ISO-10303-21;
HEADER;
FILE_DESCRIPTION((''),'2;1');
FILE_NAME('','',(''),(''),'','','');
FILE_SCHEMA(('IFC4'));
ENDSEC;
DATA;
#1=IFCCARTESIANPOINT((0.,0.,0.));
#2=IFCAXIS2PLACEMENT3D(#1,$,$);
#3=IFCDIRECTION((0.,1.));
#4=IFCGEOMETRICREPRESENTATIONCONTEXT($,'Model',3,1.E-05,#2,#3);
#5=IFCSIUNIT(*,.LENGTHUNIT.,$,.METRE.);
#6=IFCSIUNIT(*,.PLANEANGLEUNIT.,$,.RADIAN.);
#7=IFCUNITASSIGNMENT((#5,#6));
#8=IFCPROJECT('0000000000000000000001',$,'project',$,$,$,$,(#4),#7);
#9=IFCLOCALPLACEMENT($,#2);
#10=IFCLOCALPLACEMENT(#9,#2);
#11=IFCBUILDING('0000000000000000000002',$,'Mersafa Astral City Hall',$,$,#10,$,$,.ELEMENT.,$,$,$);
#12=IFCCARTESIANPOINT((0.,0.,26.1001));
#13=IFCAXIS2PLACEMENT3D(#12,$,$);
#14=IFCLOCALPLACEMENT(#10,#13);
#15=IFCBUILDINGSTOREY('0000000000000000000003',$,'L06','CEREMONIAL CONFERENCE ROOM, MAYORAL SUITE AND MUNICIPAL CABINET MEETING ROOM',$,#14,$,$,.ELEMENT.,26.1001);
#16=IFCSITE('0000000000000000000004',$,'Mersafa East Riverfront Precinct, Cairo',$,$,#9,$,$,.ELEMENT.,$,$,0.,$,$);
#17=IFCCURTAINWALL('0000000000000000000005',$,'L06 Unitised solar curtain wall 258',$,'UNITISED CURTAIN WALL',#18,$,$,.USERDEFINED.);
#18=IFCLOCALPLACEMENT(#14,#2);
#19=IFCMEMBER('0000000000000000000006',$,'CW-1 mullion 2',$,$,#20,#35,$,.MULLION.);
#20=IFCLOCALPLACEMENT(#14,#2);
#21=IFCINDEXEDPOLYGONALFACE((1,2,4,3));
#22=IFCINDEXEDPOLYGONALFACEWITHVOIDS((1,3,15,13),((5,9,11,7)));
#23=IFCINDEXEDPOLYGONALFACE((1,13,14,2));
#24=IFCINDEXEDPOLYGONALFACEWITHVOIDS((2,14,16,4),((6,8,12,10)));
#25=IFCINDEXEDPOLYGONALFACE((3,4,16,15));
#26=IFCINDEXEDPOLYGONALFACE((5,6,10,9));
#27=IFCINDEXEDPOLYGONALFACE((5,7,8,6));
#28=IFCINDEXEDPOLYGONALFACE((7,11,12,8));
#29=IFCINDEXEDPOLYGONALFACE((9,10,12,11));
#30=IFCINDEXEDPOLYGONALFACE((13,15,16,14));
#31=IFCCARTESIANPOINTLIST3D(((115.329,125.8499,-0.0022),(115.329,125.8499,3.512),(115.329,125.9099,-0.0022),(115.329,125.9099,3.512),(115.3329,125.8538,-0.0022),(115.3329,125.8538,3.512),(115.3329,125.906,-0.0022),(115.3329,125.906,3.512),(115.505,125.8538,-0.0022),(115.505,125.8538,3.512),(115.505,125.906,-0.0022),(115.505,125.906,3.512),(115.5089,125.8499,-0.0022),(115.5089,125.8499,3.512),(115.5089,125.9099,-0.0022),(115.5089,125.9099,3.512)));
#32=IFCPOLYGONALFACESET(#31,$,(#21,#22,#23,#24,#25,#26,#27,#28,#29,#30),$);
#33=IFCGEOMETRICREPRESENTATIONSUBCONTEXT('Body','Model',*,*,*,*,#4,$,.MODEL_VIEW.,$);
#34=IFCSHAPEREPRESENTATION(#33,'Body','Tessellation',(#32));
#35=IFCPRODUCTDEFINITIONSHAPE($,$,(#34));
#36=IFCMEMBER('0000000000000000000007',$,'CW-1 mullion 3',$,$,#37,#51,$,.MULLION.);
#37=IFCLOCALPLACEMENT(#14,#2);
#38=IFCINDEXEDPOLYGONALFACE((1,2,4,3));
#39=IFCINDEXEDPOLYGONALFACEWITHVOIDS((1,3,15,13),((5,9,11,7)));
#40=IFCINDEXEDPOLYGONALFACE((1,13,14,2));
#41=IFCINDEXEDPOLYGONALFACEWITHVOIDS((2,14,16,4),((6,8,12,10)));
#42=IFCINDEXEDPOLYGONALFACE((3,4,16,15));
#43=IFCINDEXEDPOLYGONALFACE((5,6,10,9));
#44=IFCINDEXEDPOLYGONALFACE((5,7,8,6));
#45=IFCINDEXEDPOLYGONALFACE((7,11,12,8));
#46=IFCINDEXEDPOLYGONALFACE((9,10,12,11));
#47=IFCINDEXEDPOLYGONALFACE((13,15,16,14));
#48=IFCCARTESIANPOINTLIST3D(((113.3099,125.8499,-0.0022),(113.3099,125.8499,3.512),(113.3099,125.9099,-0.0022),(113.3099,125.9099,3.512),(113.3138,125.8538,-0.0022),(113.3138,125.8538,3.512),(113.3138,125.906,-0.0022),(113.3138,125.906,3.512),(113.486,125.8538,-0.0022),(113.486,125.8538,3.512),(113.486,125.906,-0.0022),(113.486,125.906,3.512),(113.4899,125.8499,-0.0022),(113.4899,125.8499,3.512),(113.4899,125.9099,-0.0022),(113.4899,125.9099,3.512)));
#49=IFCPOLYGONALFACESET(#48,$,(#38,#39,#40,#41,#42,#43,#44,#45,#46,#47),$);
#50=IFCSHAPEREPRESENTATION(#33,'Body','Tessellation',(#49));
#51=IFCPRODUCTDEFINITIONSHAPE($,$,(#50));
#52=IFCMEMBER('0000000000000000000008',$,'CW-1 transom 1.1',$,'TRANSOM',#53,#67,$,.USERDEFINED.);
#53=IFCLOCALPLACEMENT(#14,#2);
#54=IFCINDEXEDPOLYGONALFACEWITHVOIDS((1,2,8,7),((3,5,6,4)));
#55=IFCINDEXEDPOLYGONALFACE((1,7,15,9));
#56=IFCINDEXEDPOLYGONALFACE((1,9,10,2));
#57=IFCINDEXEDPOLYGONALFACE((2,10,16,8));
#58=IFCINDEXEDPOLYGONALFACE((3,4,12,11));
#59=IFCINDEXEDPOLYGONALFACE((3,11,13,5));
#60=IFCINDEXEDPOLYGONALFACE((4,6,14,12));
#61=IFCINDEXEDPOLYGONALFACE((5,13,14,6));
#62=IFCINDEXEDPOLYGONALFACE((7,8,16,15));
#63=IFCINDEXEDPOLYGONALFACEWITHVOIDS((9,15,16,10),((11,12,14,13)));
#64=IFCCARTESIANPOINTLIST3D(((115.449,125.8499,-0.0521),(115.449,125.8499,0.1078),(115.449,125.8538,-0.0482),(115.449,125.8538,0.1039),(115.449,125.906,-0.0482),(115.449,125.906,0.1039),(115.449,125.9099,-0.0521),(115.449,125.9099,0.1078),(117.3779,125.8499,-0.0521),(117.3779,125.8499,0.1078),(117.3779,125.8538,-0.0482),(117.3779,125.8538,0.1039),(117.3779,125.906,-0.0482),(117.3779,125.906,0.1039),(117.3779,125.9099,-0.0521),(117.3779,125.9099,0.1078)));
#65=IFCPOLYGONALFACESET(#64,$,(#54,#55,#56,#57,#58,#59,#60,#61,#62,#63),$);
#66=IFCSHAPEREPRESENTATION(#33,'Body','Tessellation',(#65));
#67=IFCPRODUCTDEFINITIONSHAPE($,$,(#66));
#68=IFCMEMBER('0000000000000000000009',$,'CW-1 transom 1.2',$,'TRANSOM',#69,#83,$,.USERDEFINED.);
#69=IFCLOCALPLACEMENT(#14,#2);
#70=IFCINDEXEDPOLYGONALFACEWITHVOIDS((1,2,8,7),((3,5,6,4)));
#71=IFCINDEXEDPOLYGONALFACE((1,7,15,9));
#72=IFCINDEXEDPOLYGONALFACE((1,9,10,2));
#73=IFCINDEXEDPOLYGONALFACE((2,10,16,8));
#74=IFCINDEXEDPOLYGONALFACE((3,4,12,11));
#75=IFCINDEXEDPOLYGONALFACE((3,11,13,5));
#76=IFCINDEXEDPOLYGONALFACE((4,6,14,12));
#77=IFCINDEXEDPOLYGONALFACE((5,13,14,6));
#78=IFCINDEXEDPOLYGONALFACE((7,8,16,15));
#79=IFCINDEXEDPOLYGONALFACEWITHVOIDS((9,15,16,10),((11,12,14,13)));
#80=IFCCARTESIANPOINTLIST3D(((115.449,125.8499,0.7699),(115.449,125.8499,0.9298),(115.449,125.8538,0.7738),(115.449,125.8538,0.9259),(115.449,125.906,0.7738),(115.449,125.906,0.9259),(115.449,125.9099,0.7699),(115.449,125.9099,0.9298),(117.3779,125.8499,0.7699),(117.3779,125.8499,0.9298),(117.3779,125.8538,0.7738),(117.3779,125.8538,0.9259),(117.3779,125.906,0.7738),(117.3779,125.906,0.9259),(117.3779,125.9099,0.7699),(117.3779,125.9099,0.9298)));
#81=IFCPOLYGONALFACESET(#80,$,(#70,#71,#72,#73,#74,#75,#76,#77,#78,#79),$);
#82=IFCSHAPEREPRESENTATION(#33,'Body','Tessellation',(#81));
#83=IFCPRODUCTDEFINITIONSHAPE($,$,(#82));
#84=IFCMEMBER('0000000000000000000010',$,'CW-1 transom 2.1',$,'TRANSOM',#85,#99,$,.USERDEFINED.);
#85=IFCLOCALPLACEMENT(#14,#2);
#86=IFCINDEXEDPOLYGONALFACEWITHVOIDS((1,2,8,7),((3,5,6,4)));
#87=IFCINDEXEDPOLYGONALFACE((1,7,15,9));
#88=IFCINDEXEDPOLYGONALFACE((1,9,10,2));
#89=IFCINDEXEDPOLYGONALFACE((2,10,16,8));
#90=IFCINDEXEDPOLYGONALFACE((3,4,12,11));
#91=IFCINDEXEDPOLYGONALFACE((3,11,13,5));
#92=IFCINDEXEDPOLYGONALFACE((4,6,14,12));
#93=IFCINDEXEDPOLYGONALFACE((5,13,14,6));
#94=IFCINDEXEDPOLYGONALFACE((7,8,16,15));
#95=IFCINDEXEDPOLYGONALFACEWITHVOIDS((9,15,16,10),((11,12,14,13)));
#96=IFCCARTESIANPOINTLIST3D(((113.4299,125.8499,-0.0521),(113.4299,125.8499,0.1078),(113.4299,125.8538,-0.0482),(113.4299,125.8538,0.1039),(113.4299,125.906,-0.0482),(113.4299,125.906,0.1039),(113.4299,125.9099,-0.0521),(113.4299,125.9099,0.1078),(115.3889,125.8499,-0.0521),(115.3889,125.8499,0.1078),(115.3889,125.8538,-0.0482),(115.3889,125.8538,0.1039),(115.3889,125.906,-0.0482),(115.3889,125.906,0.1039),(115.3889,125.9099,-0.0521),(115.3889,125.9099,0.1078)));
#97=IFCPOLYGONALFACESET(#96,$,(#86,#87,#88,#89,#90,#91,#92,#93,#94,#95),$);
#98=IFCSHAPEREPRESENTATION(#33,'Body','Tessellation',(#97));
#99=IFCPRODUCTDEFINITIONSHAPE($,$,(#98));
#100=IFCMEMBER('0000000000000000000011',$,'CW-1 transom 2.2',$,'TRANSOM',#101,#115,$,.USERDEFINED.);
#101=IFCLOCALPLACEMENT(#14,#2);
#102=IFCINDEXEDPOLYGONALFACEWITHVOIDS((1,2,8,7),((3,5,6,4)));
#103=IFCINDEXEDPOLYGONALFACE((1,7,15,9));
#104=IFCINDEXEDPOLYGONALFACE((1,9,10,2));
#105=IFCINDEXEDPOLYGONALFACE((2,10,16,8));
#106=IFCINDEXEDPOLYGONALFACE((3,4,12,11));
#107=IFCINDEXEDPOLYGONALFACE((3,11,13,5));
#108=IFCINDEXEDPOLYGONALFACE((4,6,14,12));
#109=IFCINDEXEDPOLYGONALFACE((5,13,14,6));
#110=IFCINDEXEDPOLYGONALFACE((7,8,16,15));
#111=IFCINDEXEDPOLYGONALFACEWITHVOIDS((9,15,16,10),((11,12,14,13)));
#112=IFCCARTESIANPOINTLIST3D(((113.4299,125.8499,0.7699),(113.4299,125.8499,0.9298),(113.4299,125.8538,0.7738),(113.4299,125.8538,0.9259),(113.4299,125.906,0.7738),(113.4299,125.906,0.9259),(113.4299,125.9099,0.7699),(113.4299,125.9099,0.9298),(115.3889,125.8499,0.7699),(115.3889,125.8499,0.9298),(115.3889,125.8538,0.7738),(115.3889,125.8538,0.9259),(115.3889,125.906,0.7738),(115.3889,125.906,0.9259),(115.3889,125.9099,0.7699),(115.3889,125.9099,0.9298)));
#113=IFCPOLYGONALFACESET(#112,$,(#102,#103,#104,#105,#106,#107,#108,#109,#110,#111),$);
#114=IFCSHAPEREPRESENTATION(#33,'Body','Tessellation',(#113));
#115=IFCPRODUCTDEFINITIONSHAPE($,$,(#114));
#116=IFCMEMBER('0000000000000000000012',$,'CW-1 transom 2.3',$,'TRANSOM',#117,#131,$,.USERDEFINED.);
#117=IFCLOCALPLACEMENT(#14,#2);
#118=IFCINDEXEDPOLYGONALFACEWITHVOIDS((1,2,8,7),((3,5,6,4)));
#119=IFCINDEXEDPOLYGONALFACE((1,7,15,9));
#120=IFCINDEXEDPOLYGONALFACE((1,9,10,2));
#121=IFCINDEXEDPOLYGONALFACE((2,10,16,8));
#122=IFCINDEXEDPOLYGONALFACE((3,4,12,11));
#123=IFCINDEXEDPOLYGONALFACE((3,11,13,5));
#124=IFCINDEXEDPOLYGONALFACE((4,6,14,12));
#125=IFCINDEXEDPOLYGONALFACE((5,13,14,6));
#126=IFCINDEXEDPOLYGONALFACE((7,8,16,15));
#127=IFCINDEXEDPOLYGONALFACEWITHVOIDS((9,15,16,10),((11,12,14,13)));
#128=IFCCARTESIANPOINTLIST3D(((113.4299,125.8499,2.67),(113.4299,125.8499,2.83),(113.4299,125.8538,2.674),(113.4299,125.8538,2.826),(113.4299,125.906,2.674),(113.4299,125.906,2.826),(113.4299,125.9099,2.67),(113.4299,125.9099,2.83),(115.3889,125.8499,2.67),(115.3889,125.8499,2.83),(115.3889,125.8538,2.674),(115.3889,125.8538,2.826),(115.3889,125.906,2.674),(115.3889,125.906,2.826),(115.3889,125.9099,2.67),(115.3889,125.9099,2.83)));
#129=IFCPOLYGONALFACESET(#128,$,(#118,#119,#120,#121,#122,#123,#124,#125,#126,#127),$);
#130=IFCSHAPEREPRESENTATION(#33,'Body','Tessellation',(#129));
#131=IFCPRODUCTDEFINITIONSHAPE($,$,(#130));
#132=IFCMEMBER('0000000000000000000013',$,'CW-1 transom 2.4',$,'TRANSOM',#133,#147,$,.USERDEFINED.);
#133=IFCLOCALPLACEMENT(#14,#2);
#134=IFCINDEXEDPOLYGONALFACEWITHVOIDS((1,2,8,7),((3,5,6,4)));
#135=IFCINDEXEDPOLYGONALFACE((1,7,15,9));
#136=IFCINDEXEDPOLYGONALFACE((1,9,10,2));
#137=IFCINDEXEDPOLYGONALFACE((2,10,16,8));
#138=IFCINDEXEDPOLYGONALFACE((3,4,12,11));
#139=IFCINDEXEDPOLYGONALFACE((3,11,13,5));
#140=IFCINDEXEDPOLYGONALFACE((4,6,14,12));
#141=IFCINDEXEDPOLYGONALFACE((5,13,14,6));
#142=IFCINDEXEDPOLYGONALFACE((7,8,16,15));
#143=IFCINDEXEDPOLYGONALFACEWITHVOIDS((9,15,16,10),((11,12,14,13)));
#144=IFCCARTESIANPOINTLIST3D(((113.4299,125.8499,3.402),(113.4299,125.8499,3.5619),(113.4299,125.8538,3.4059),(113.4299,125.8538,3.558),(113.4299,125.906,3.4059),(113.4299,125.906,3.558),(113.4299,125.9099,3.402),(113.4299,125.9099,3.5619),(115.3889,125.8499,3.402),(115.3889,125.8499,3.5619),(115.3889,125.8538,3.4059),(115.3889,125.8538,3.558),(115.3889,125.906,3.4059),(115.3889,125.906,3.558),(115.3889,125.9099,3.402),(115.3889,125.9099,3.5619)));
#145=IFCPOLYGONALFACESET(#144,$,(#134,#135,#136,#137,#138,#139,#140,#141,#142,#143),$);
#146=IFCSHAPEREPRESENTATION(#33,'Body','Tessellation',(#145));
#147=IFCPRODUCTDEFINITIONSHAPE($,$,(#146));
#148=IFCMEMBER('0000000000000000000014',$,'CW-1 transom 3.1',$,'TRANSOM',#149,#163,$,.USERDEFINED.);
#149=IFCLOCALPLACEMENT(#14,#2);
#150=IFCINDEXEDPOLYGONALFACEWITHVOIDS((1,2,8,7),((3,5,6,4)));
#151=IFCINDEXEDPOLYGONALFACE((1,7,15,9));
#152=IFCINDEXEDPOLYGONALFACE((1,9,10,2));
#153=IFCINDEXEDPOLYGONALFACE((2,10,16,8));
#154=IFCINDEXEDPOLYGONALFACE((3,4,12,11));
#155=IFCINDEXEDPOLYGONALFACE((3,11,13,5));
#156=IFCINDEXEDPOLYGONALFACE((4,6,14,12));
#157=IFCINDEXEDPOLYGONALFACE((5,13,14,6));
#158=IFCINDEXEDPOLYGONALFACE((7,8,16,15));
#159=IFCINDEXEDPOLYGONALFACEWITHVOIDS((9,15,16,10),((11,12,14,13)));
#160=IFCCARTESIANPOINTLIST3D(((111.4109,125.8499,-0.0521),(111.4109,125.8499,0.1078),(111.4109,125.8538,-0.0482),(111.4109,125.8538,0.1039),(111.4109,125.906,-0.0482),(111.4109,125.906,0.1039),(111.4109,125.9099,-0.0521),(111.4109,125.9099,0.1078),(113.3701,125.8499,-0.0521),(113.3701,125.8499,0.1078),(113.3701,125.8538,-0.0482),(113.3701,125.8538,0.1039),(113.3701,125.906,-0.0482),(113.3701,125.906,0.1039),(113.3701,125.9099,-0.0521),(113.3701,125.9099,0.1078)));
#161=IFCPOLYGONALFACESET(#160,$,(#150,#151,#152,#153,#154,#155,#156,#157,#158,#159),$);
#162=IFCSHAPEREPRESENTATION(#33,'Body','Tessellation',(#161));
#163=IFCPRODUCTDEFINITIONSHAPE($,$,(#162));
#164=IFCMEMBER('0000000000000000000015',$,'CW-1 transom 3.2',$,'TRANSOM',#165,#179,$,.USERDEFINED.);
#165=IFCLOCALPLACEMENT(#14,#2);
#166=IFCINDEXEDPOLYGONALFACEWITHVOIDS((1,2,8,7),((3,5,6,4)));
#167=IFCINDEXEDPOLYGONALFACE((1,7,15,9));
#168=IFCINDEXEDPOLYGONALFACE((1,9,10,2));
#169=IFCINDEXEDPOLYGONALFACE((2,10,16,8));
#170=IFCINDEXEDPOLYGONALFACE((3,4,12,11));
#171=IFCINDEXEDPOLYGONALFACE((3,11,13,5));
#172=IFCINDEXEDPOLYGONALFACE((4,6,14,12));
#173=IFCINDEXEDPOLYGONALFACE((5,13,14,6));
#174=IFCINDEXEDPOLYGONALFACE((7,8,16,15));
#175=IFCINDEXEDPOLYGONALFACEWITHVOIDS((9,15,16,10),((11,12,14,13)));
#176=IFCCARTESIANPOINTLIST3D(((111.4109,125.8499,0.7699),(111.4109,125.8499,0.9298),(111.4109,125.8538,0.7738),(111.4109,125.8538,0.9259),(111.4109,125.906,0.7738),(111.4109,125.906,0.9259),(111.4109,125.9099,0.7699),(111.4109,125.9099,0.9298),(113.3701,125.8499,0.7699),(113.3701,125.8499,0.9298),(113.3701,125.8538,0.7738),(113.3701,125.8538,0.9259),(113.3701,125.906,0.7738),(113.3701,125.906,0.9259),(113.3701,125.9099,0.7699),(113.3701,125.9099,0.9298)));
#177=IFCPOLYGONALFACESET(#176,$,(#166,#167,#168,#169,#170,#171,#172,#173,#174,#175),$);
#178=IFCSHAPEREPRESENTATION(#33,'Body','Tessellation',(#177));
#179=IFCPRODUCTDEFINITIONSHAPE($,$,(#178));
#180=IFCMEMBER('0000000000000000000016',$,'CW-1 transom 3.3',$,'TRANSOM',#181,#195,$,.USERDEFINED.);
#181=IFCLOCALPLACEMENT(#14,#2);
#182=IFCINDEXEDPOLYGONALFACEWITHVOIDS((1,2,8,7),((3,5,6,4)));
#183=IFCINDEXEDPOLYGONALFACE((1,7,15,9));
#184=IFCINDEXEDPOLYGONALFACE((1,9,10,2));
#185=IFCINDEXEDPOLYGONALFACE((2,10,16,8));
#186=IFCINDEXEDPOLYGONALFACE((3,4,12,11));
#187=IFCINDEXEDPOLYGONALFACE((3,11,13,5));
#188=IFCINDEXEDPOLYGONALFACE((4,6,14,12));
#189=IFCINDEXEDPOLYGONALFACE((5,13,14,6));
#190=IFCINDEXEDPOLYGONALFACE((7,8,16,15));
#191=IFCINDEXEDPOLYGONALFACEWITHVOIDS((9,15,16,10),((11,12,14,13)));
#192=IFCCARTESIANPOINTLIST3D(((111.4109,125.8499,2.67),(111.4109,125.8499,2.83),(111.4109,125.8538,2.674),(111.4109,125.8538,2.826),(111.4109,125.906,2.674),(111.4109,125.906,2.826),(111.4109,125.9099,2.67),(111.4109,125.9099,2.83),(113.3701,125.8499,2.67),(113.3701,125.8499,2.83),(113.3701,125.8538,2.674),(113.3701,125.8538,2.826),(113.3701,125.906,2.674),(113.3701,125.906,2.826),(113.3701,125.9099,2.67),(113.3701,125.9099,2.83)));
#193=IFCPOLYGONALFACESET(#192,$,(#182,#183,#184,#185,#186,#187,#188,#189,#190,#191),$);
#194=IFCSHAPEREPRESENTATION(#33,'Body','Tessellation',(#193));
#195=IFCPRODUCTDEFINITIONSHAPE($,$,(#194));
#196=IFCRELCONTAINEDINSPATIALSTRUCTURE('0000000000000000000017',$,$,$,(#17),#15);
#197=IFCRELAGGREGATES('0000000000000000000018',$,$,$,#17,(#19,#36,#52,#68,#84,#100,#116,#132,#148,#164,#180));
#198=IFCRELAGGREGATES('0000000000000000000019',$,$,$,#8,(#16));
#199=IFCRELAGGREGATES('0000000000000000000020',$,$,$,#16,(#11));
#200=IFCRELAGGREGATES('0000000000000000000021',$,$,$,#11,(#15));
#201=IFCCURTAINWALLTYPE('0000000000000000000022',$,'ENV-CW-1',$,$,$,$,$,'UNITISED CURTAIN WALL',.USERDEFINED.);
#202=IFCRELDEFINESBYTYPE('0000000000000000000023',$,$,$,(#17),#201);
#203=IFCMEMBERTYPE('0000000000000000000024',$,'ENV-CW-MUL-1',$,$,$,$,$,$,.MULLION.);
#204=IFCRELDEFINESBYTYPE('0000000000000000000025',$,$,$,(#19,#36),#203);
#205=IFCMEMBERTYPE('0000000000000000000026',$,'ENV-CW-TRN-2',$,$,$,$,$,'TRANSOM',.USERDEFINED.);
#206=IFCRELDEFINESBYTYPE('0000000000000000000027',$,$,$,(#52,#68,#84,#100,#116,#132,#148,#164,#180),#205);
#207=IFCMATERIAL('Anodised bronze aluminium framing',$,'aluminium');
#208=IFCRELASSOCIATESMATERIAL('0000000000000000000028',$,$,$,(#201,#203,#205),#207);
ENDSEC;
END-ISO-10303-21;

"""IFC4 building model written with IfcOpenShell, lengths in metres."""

from ifc_helpers import new_model, si_unit, direction, frame, origin, origin_2d, place, context, subcontext, project, spatial, hollow_rectangle, extrude, material, material_profile, profile_set, type_object, element, aggregate, save


model = new_model("IFC4")

# Units and contexts
model_context = context("Model", 3, precision=1e-05, world=origin(), true_north=direction((0.0, 1.0)))
body_context = subcontext(model_context, "Body", "Model", "MODEL_VIEW")
ifc_project = project(units=[si_unit("LENGTHUNIT", "METRE"), si_unit("PLANEANGLEUNIT", "RADIAN")], contexts=[model_context])

# Site, building, storey
site_placement = place(None, origin())
site = spatial("IfcSite", under=ifc_project, at=site_placement, Name="Mersafa East Riverfront Precinct, Cairo", CompositionType="ELEMENT", RefElevation=0.0)
building_placement = place(site_placement, origin())
building = spatial("IfcBuilding", under=site, at=building_placement, Name="Mersafa Astral City Hall", CompositionType="ELEMENT")
storey_placement = place(building_placement, frame((0.0, 0.0, 26.1001)))
storey = spatial("IfcBuildingStorey", under=building, at=storey_placement, Name="L06", Description="CEREMONIAL CONFERENCE ROOM, MAYORAL SUITE AND MUNICIPAL CABINET MEETING ROOM", CompositionType="ELEMENT", Elevation=26.1001)

# Curtain wall, members
ifc_material_1 = material(Name="Anodised bronze aluminium framing", Category="aluminium")
curtain_wall_type = type_object("IfcCurtainWallType", Name="ENV-CW-1", ElementType="UNITISED CURTAIN WALL", PredefinedType="USERDEFINED", material=ifc_material_1)
curtain_wall_placement = place(storey_placement, origin())
curtain_wall = element("IfcCurtainWall", 1, at=curtain_wall_placement, inside=storey, type_object=curtain_wall_type, Name="L06 Unitised solar curtain wall 258", ObjectType="UNITISED CURTAIN WALL", PredefinedType="USERDEFINED")
ifc_material_profile_1 = material_profile(ifc_material_1, hollow_rectangle(XDim=0.0601, YDim=0.1799, WallThickness=0.0039, at=origin_2d()), Name="RHS 60x180x4")
ifc_profile_set_1 = profile_set([ifc_material_profile_1], Name="Anodised bronze aluminium framing")
member_type_1 = type_object("IfcMemberType", Name="ENV-CW-MUL-1", PredefinedType="MULLION", material=ifc_profile_set_1)
member_1_placement = place(storey_placement, frame((115.4189, 125.8799, -0.0022), z_axis=(0.0, 0.0, 1.0), x_axis=(0.0, -1.0, 0.0)))
member_1 = element("IfcMember", 2, at=member_1_placement, type_object=member_type_1, Name="CW-1 mullion 2", PredefinedType="MULLION", context=body_context, shape_type="SweptSolid", body=[
    extrude(hollow_rectangle(XDim=0.0601, YDim=0.1799, WallThickness=0.0039, at=origin_2d()), origin(), (0.0, 0.0, 1.0), 3.5142),
])
member_2_placement = place(storey_placement, frame((113.3999, 125.8799, -0.0022), z_axis=(0.0, 0.0, 1.0), x_axis=(0.0, -1.0, 0.0)))
member_2 = element("IfcMember", 3, at=member_2_placement, type_object=member_type_1, Name="CW-1 mullion 3", PredefinedType="MULLION", context=body_context, shape_type="SweptSolid", body=[
    extrude(hollow_rectangle(XDim=0.0601, YDim=0.1799, WallThickness=0.0039, at=origin_2d()), origin(), (0.0, 0.0, 1.0), 3.5142),
])
ifc_material_profile_2 = material_profile(ifc_material_1, hollow_rectangle(XDim=0.0601, YDim=0.1599, WallThickness=0.0039, at=origin_2d()), Name="RHS 60x160x4")
ifc_profile_set_2 = profile_set([ifc_material_profile_2], Name="Anodised bronze aluminium framing")
member_type_2 = type_object("IfcMemberType", Name="ENV-CW-TRN-2", ElementType="TRANSOM", PredefinedType="USERDEFINED", material=ifc_profile_set_2)
member_3_placement = place(storey_placement, frame((117.3779, 125.8799, 0.0278), z_axis=(-1.0, 0.0, 0.0), x_axis=(0.0, -1.0, 0.0)))
member_3 = element("IfcMember", 4, at=member_3_placement, type_object=member_type_2, Name="CW-1 transom 1.1", ObjectType="TRANSOM", PredefinedType="USERDEFINED", context=body_context, shape_type="SweptSolid", body=[
    extrude(hollow_rectangle(XDim=0.0601, YDim=0.1599, WallThickness=0.0039, at=origin_2d()), origin(), (0.0, 0.0, 1.0), 1.929),
])
member_4_placement = place(storey_placement, frame((117.3779, 125.8799, 0.8499), z_axis=(-1.0, 0.0, 0.0), x_axis=(0.0, -1.0, 0.0)))
member_4 = element("IfcMember", 5, at=member_4_placement, type_object=member_type_2, Name="CW-1 transom 1.2", ObjectType="TRANSOM", PredefinedType="USERDEFINED", context=body_context, shape_type="SweptSolid", body=[
    extrude(hollow_rectangle(XDim=0.0601, YDim=0.1599, WallThickness=0.0039, at=origin_2d()), origin(), (0.0, 0.0, 1.0), 1.929),
])
member_5_placement = place(storey_placement, frame((115.3889, 125.8799, 0.0278), z_axis=(-1.0, 0.0, 0.0), x_axis=(0.0, -1.0, 0.0)))
member_5 = element("IfcMember", 6, at=member_5_placement, type_object=member_type_2, Name="CW-1 transom 2.1", ObjectType="TRANSOM", PredefinedType="USERDEFINED", context=body_context, shape_type="SweptSolid", body=[
    extrude(hollow_rectangle(XDim=0.0601, YDim=0.1599, WallThickness=0.0039, at=origin_2d()), origin(), (0.0, 0.0, 1.0), 1.959),
])
member_6_placement = place(storey_placement, frame((115.3889, 125.8799, 0.8499), z_axis=(-1.0, 0.0, 0.0), x_axis=(0.0, -1.0, 0.0)))
member_6 = element("IfcMember", 7, at=member_6_placement, type_object=member_type_2, Name="CW-1 transom 2.2", ObjectType="TRANSOM", PredefinedType="USERDEFINED", context=body_context, shape_type="SweptSolid", body=[
    extrude(hollow_rectangle(XDim=0.0601, YDim=0.1599, WallThickness=0.0039, at=origin_2d()), origin(), (0.0, 0.0, 1.0), 1.959),
])
member_7_placement = place(storey_placement, frame((115.3889, 125.8799, 2.75), z_axis=(-1.0, 0.0, 0.0), x_axis=(0.0, -1.0, 0.0)))
member_7 = element("IfcMember", 8, at=member_7_placement, type_object=member_type_2, Name="CW-1 transom 2.3", ObjectType="TRANSOM", PredefinedType="USERDEFINED", context=body_context, shape_type="SweptSolid", body=[
    extrude(hollow_rectangle(XDim=0.0601, YDim=0.1599, WallThickness=0.0039, at=origin_2d()), origin(), (0.0, 0.0, 1.0), 1.959),
])
member_8_placement = place(storey_placement, frame((115.3889, 125.8799, 3.4819), z_axis=(-1.0, 0.0, 0.0), x_axis=(0.0, -1.0, 0.0)))
member_8 = element("IfcMember", 9, at=member_8_placement, type_object=member_type_2, Name="CW-1 transom 2.4", ObjectType="TRANSOM", PredefinedType="USERDEFINED", context=body_context, shape_type="SweptSolid", body=[
    extrude(hollow_rectangle(XDim=0.0601, YDim=0.1599, WallThickness=0.0039, at=origin_2d()), origin(), (0.0, 0.0, 1.0), 1.959),
])
member_9_placement = place(storey_placement, frame((113.3701, 125.8799, 0.0278), z_axis=(-1.0, 0.0, 0.0), x_axis=(0.0, -1.0, 0.0)))
member_9 = element("IfcMember", 10, at=member_9_placement, type_object=member_type_2, Name="CW-1 transom 3.1", ObjectType="TRANSOM", PredefinedType="USERDEFINED", context=body_context, shape_type="SweptSolid", body=[
    extrude(hollow_rectangle(XDim=0.0601, YDim=0.1599, WallThickness=0.0039, at=origin_2d()), origin(), (0.0, 0.0, 1.0), 1.9592),
])
member_10_placement = place(storey_placement, frame((113.3701, 125.8799, 0.8499), z_axis=(-1.0, 0.0, 0.0), x_axis=(0.0, -1.0, 0.0)))
member_10 = element("IfcMember", 11, at=member_10_placement, type_object=member_type_2, Name="CW-1 transom 3.2", ObjectType="TRANSOM", PredefinedType="USERDEFINED", context=body_context, shape_type="SweptSolid", body=[
    extrude(hollow_rectangle(XDim=0.0601, YDim=0.1599, WallThickness=0.0039, at=origin_2d()), origin(), (0.0, 0.0, 1.0), 1.9592),
])
member_11_placement = place(storey_placement, frame((113.3701, 125.8799, 2.75), z_axis=(-1.0, 0.0, 0.0), x_axis=(0.0, -1.0, 0.0)))
member_11 = element("IfcMember", 12, at=member_11_placement, type_object=member_type_2, Name="CW-1 transom 3.3", ObjectType="TRANSOM", PredefinedType="USERDEFINED", context=body_context, shape_type="SweptSolid", body=[
    extrude(hollow_rectangle(XDim=0.0601, YDim=0.1599, WallThickness=0.0039, at=origin_2d()), origin(), (0.0, 0.0, 1.0), 1.9592),
])
aggregate(curtain_wall, [member_1, member_2, member_3, member_4, member_5, member_6, member_7, member_8, member_9, member_10, member_11])

save(model, "model.ifc")
